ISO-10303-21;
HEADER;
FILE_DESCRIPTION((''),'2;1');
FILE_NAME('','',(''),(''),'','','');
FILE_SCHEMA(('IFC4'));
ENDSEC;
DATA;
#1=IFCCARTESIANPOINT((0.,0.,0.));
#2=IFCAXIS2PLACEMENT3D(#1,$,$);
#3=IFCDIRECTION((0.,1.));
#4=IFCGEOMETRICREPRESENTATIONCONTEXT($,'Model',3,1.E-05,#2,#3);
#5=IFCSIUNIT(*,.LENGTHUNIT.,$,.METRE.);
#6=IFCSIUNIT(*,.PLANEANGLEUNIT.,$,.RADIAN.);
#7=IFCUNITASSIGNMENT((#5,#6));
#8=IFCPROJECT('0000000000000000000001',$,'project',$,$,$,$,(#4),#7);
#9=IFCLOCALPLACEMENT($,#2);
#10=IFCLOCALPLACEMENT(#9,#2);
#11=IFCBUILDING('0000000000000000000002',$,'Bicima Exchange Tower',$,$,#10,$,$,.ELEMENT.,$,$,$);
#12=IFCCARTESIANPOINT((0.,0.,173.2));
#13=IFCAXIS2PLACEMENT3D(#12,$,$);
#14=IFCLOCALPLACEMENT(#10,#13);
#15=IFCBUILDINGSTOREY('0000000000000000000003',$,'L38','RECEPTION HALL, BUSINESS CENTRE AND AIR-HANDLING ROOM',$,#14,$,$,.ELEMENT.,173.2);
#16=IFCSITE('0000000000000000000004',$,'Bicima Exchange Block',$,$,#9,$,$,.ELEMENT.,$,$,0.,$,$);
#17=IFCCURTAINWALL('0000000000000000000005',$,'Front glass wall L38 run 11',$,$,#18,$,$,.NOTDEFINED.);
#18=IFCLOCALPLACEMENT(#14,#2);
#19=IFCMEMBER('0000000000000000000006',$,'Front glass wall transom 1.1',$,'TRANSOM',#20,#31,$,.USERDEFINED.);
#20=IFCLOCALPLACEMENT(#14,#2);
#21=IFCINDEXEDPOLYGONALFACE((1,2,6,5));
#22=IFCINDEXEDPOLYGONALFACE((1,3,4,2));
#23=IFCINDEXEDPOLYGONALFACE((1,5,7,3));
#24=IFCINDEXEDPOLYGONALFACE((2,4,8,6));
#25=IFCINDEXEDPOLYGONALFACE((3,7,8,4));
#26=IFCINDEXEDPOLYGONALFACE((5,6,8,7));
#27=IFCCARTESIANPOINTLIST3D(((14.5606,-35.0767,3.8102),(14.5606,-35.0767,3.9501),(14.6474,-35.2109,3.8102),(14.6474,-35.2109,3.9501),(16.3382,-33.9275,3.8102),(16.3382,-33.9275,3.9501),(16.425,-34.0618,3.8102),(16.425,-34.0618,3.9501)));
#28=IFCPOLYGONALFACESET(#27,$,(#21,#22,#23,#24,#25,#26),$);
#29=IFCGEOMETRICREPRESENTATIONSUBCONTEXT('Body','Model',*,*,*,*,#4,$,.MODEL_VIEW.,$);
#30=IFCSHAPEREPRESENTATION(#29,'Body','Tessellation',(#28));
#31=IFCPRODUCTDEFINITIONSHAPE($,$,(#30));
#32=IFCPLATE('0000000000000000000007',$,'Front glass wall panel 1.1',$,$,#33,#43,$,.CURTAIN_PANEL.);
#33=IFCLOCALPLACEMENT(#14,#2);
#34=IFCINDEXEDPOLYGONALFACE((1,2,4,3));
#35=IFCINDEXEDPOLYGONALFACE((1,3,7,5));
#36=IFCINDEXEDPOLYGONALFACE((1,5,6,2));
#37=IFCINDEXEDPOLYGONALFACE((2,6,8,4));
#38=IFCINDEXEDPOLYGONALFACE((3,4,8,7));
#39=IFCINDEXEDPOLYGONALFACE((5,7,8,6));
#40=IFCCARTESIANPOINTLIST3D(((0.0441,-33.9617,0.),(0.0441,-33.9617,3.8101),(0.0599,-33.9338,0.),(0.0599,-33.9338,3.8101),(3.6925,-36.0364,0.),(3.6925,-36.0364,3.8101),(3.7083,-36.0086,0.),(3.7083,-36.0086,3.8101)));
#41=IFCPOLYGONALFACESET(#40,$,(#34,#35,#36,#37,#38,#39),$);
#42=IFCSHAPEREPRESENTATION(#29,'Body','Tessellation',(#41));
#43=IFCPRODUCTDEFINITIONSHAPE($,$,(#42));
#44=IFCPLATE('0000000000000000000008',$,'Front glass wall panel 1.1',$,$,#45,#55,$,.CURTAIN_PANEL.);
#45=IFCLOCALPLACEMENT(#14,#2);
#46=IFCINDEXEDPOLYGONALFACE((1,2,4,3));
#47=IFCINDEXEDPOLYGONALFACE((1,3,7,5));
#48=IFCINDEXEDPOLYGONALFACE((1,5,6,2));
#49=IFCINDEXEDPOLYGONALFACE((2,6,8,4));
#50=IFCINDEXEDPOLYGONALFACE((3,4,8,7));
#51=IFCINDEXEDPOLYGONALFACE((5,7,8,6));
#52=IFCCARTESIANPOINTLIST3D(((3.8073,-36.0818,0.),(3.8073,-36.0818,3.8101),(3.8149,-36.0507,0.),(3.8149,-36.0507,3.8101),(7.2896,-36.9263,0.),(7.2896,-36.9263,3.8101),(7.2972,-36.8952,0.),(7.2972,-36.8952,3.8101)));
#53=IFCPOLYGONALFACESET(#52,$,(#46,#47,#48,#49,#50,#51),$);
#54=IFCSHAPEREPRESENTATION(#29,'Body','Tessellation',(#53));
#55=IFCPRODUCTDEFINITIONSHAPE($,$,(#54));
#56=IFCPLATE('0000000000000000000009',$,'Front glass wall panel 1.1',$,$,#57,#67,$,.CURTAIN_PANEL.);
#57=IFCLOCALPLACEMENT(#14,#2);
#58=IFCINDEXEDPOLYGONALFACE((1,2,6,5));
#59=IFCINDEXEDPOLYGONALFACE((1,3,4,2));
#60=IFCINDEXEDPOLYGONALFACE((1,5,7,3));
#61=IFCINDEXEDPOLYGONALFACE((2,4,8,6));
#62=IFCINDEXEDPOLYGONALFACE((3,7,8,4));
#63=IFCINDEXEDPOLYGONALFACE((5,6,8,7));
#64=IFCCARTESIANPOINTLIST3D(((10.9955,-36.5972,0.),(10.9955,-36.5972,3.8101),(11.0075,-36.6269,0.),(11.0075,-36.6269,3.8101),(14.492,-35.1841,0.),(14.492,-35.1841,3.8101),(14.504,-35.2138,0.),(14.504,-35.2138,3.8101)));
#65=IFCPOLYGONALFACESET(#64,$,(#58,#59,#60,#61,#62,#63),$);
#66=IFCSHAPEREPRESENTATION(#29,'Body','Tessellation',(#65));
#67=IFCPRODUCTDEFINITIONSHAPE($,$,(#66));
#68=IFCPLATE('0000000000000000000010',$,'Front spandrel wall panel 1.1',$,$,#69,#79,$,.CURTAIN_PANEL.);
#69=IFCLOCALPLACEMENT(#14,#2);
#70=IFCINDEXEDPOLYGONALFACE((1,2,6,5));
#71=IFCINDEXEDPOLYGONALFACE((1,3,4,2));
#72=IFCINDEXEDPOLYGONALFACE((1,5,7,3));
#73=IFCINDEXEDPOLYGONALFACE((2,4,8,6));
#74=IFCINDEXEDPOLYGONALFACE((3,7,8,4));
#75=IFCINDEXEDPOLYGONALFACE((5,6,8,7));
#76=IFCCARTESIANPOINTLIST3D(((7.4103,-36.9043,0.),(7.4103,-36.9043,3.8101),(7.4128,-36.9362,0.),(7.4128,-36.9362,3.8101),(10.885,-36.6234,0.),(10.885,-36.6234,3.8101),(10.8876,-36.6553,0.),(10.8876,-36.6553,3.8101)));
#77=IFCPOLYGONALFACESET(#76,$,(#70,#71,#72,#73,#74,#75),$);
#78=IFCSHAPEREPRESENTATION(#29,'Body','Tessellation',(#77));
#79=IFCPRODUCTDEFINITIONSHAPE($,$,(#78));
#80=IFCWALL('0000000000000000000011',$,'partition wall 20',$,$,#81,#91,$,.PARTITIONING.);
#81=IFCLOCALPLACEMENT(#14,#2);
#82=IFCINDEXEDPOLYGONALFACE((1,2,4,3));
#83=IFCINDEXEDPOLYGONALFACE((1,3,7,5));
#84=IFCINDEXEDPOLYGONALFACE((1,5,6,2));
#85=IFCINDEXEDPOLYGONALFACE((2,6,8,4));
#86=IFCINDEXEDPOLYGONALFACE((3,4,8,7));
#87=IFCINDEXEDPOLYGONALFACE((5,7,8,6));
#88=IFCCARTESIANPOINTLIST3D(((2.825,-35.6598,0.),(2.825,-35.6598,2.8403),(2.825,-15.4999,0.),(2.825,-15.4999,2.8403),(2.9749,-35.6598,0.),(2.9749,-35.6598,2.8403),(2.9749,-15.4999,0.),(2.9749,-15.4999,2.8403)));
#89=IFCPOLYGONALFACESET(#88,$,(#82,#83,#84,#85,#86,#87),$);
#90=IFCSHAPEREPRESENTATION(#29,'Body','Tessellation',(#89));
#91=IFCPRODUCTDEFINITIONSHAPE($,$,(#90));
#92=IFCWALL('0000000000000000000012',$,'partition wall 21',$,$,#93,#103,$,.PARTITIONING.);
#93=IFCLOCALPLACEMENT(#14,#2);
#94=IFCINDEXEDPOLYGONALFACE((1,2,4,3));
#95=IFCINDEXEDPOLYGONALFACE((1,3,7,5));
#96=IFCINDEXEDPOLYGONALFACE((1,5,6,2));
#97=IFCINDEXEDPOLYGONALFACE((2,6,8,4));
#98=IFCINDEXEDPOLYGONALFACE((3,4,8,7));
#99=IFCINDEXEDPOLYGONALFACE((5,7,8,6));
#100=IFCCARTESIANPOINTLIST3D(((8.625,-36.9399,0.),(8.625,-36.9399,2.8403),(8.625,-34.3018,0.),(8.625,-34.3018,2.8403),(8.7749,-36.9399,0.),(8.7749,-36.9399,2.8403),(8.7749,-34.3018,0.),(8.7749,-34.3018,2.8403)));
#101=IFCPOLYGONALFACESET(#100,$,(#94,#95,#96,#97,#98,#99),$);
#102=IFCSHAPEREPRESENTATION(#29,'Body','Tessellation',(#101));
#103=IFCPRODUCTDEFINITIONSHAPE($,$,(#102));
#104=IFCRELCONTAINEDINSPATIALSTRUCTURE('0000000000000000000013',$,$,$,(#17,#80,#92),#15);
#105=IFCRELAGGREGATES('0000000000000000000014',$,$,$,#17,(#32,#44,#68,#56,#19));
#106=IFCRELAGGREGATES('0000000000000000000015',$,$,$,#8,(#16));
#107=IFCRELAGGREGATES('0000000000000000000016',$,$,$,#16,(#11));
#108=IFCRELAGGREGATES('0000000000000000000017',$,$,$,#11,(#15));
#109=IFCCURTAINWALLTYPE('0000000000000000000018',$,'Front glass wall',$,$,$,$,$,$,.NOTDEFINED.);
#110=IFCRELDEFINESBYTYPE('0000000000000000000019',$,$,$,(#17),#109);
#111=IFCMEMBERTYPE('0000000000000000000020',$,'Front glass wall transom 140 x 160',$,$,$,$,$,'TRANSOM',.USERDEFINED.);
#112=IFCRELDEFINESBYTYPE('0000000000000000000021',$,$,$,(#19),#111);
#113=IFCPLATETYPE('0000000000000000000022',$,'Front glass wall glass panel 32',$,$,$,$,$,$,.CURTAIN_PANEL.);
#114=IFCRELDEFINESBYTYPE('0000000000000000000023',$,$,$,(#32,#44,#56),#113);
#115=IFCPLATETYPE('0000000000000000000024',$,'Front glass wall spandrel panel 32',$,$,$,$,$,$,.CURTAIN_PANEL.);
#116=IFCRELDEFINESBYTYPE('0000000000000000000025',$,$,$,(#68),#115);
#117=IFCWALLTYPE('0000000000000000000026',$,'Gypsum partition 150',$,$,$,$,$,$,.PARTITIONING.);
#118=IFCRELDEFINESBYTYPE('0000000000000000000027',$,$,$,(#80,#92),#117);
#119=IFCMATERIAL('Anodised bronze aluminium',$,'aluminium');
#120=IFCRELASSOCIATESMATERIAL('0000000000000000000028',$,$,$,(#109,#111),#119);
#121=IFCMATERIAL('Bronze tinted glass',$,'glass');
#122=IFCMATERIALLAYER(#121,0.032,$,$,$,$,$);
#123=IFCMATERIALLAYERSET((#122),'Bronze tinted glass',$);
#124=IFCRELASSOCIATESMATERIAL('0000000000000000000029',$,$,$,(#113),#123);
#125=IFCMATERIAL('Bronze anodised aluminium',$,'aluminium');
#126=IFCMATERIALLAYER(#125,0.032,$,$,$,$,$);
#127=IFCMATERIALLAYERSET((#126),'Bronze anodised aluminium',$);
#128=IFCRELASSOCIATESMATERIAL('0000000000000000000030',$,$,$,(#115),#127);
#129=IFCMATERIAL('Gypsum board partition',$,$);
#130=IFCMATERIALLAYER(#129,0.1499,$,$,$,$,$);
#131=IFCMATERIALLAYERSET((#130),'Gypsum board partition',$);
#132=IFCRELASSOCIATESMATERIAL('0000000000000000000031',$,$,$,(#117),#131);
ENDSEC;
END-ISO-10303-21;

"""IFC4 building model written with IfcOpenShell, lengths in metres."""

from ifc_helpers import new_model, si_unit, direction, frame, frame_2d, origin, origin_2d, place, context, subcontext, project, spatial, rectangle, extrude, material, layer, layer_set, material_profile, profile_set, type_object, element, aggregate, save


model = new_model("IFC4")

# Units and contexts
model_context = context("Model", 3, precision=1e-05, world=origin(), true_north=direction((0.0, 1.0)))
body_context = subcontext(model_context, "Body", "Model", "MODEL_VIEW")
ifc_project = project(units=[si_unit("LENGTHUNIT", "METRE"), si_unit("PLANEANGLEUNIT", "RADIAN")], contexts=[model_context])

# Site, building, storey
site_placement = place(None, origin())
site = spatial("IfcSite", under=ifc_project, at=site_placement, Name="Bicima Exchange Block", CompositionType="ELEMENT", RefElevation=0.0)
building_placement = place(site_placement, origin())
building = spatial("IfcBuilding", under=site, at=building_placement, Name="Bicima Exchange Tower", CompositionType="ELEMENT")
storey_placement = place(building_placement, frame((0.0, 0.0, 173.2)))
storey = spatial("IfcBuildingStorey", under=building, at=storey_placement, Name="L38", Description="RECEPTION HALL, BUSINESS CENTRE AND AIR-HANDLING ROOM", CompositionType="ELEMENT", Elevation=173.2)

# Curtain wall, member, plates
ifc_material_1 = material(Name="Anodised bronze aluminium", Category="aluminium")
curtain_wall_type = type_object("IfcCurtainWallType", Name="Front glass wall", PredefinedType="NOTDEFINED", material=ifc_material_1)
curtain_wall_placement = place(storey_placement, origin())
curtain_wall = element("IfcCurtainWall", 1, at=curtain_wall_placement, inside=storey, type_object=curtain_wall_type, Name="Front glass wall L38 run 11", PredefinedType="NOTDEFINED")
ifc_material_profile_1 = material_profile(ifc_material_1, rectangle(XDim=0.1599, YDim=0.1399, at=origin_2d()))
ifc_profile_set_1 = profile_set([ifc_material_profile_1], Name="Anodised bronze aluminium")
member_type_1 = type_object("IfcMemberType", Name="Front glass wall transom 140 x 160", ElementType="TRANSOM", PredefinedType="USERDEFINED", material=ifc_profile_set_1)
member_1_placement = place(storey_placement, frame((14.604, -35.1438, 3.8801), z_axis=(0.839793, 0.542907, 0.0), x_axis=(-0.542907, 0.839793, 0.0)))
member_1 = element("IfcMember", 2, at=member_1_placement, type_object=member_type_1, Name="Front glass wall transom 1.1", ObjectType="TRANSOM", PredefinedType="USERDEFINED", context=body_context, shape_type="SweptSolid", body=[
    extrude(rectangle(XDim=0.1599, YDim=0.1399, at=origin_2d()), origin(), (0.0, 0.0, 1.0), 2.1167),
])
ifc_material_2 = material(Name="Bronze tinted glass", Category="glass")
ifc_layer_1 = layer(ifc_material_2, 0.032)
ifc_layer_set_1 = layer_set([ifc_layer_1], Name="Bronze tinted glass")
plate_type_1 = type_object("IfcPlateType", Name="Front glass wall glass panel 32", PredefinedType="CURTAIN_PANEL", material=ifc_layer_set_1)
plate_1_placement = place(storey_placement, frame((1.8762, -34.9851, 0.0), z_axis=(0.0, 0.0, 1.0), x_axis=(0.869274, -0.49433, 0.0)))
plate_1 = element("IfcPlate", 3, at=plate_1_placement, type_object=plate_type_1, Name="Front glass wall panel 1.1", PredefinedType="CURTAIN_PANEL", context=body_context, shape_type="SweptSolid", body=[
    extrude(rectangle(XDim=4.197, YDim=0.032, at=origin_2d()), origin(), (0.0, 0.0, 1.0), 3.8101),
])
plate_2_placement = place(storey_placement, frame((5.5522, -36.4885, 0.0), z_axis=(0.0, 0.0, 1.0), x_axis=(0.97183, -0.235682, 0.0)))
plate_2 = element("IfcPlate", 4, at=plate_2_placement, type_object=plate_type_1, Name="Front glass wall panel 1.1", PredefinedType="CURTAIN_PANEL", context=body_context, shape_type="SweptSolid", body=[
    extrude(rectangle(XDim=3.5833, YDim=0.032, at=origin_2d()), origin(), (0.0, 0.0, 1.0), 3.8101),
])
plate_3_placement = place(storey_placement, frame((12.7498, -35.9055, 0.0), z_axis=(0.0, 0.0, 1.0), x_axis=(0.927144, 0.374705, 0.0)))
plate_3 = element("IfcPlate", 5, at=plate_3_placement, type_object=plate_type_1, Name="Front glass wall panel 1.1", PredefinedType="CURTAIN_PANEL", context=body_context, shape_type="SweptSolid", body=[
    extrude(rectangle(XDim=3.7712, YDim=0.032, at=origin_2d()), origin(), (0.0, 0.0, 1.0), 3.8101),
])
ifc_material_3 = material(Name="Bronze anodised aluminium", Category="aluminium")
ifc_layer_2 = layer(ifc_material_3, 0.032)
ifc_layer_set_2 = layer_set([ifc_layer_2], Name="Bronze anodised aluminium")
plate_type_2 = type_object("IfcPlateType", Name="Front glass wall spandrel panel 32", PredefinedType="CURTAIN_PANEL", material=ifc_layer_set_2)
plate_4_placement = place(storey_placement, frame((9.1489, -36.7798, 0.0), z_axis=(0.0, 0.0, 1.0), x_axis=(0.996747, 0.080589, 0.0)))
plate_4 = element("IfcPlate", 6, at=plate_4_placement, type_object=plate_type_2, Name="Front spandrel wall panel 1.1", PredefinedType="CURTAIN_PANEL", context=body_context, shape_type="SweptSolid", body=[
    extrude(rectangle(XDim=3.4861, YDim=0.032, at=origin_2d()), origin(), (0.0, 0.0, 1.0), 3.8101),
])
aggregate(curtain_wall, [plate_1, plate_2, plate_4, plate_3, member_1])

# Walls
ifc_material_4 = material(Name="Gypsum board partition")
ifc_layer_3 = layer(ifc_material_4, 0.1499)
ifc_layer_set_3 = layer_set([ifc_layer_3], Name="Gypsum board partition")
wall_type = type_object("IfcWallType", Name="Gypsum partition 150", PredefinedType="PARTITIONING", material=ifc_layer_set_3)
wall_1_placement = place(storey_placement, frame((2.8999, -35.6599, 0.0), z_axis=(0.0, 0.0, 1.0), x_axis=(0.0, 1.0, 0.0)))
element("IfcWall", 7, at=wall_1_placement, inside=storey, type_object=wall_type, Name="partition wall 20", PredefinedType="PARTITIONING", context=body_context, shape_type="SweptSolid", body=[
    extrude(rectangle(XDim=20.1599, YDim=0.1499, at=frame_2d((10.0801, 0.0))), origin(), (0.0, 0.0, 1.0), 2.8403),
])
wall_2_placement = place(storey_placement, frame((8.7, -36.9399, 0.0), z_axis=(0.0, 0.0, 1.0), x_axis=(0.0, 1.0, 0.0)))
element("IfcWall", 8, at=wall_2_placement, inside=storey, type_object=wall_type, Name="partition wall 21", PredefinedType="PARTITIONING", context=body_context, shape_type="SweptSolid", body=[
    extrude(rectangle(XDim=2.6382, YDim=0.1499, at=frame_2d((1.3191, 0.0))), origin(), (0.0, 0.0, 1.0), 2.8403),
])

save(model, "model.ifc")
